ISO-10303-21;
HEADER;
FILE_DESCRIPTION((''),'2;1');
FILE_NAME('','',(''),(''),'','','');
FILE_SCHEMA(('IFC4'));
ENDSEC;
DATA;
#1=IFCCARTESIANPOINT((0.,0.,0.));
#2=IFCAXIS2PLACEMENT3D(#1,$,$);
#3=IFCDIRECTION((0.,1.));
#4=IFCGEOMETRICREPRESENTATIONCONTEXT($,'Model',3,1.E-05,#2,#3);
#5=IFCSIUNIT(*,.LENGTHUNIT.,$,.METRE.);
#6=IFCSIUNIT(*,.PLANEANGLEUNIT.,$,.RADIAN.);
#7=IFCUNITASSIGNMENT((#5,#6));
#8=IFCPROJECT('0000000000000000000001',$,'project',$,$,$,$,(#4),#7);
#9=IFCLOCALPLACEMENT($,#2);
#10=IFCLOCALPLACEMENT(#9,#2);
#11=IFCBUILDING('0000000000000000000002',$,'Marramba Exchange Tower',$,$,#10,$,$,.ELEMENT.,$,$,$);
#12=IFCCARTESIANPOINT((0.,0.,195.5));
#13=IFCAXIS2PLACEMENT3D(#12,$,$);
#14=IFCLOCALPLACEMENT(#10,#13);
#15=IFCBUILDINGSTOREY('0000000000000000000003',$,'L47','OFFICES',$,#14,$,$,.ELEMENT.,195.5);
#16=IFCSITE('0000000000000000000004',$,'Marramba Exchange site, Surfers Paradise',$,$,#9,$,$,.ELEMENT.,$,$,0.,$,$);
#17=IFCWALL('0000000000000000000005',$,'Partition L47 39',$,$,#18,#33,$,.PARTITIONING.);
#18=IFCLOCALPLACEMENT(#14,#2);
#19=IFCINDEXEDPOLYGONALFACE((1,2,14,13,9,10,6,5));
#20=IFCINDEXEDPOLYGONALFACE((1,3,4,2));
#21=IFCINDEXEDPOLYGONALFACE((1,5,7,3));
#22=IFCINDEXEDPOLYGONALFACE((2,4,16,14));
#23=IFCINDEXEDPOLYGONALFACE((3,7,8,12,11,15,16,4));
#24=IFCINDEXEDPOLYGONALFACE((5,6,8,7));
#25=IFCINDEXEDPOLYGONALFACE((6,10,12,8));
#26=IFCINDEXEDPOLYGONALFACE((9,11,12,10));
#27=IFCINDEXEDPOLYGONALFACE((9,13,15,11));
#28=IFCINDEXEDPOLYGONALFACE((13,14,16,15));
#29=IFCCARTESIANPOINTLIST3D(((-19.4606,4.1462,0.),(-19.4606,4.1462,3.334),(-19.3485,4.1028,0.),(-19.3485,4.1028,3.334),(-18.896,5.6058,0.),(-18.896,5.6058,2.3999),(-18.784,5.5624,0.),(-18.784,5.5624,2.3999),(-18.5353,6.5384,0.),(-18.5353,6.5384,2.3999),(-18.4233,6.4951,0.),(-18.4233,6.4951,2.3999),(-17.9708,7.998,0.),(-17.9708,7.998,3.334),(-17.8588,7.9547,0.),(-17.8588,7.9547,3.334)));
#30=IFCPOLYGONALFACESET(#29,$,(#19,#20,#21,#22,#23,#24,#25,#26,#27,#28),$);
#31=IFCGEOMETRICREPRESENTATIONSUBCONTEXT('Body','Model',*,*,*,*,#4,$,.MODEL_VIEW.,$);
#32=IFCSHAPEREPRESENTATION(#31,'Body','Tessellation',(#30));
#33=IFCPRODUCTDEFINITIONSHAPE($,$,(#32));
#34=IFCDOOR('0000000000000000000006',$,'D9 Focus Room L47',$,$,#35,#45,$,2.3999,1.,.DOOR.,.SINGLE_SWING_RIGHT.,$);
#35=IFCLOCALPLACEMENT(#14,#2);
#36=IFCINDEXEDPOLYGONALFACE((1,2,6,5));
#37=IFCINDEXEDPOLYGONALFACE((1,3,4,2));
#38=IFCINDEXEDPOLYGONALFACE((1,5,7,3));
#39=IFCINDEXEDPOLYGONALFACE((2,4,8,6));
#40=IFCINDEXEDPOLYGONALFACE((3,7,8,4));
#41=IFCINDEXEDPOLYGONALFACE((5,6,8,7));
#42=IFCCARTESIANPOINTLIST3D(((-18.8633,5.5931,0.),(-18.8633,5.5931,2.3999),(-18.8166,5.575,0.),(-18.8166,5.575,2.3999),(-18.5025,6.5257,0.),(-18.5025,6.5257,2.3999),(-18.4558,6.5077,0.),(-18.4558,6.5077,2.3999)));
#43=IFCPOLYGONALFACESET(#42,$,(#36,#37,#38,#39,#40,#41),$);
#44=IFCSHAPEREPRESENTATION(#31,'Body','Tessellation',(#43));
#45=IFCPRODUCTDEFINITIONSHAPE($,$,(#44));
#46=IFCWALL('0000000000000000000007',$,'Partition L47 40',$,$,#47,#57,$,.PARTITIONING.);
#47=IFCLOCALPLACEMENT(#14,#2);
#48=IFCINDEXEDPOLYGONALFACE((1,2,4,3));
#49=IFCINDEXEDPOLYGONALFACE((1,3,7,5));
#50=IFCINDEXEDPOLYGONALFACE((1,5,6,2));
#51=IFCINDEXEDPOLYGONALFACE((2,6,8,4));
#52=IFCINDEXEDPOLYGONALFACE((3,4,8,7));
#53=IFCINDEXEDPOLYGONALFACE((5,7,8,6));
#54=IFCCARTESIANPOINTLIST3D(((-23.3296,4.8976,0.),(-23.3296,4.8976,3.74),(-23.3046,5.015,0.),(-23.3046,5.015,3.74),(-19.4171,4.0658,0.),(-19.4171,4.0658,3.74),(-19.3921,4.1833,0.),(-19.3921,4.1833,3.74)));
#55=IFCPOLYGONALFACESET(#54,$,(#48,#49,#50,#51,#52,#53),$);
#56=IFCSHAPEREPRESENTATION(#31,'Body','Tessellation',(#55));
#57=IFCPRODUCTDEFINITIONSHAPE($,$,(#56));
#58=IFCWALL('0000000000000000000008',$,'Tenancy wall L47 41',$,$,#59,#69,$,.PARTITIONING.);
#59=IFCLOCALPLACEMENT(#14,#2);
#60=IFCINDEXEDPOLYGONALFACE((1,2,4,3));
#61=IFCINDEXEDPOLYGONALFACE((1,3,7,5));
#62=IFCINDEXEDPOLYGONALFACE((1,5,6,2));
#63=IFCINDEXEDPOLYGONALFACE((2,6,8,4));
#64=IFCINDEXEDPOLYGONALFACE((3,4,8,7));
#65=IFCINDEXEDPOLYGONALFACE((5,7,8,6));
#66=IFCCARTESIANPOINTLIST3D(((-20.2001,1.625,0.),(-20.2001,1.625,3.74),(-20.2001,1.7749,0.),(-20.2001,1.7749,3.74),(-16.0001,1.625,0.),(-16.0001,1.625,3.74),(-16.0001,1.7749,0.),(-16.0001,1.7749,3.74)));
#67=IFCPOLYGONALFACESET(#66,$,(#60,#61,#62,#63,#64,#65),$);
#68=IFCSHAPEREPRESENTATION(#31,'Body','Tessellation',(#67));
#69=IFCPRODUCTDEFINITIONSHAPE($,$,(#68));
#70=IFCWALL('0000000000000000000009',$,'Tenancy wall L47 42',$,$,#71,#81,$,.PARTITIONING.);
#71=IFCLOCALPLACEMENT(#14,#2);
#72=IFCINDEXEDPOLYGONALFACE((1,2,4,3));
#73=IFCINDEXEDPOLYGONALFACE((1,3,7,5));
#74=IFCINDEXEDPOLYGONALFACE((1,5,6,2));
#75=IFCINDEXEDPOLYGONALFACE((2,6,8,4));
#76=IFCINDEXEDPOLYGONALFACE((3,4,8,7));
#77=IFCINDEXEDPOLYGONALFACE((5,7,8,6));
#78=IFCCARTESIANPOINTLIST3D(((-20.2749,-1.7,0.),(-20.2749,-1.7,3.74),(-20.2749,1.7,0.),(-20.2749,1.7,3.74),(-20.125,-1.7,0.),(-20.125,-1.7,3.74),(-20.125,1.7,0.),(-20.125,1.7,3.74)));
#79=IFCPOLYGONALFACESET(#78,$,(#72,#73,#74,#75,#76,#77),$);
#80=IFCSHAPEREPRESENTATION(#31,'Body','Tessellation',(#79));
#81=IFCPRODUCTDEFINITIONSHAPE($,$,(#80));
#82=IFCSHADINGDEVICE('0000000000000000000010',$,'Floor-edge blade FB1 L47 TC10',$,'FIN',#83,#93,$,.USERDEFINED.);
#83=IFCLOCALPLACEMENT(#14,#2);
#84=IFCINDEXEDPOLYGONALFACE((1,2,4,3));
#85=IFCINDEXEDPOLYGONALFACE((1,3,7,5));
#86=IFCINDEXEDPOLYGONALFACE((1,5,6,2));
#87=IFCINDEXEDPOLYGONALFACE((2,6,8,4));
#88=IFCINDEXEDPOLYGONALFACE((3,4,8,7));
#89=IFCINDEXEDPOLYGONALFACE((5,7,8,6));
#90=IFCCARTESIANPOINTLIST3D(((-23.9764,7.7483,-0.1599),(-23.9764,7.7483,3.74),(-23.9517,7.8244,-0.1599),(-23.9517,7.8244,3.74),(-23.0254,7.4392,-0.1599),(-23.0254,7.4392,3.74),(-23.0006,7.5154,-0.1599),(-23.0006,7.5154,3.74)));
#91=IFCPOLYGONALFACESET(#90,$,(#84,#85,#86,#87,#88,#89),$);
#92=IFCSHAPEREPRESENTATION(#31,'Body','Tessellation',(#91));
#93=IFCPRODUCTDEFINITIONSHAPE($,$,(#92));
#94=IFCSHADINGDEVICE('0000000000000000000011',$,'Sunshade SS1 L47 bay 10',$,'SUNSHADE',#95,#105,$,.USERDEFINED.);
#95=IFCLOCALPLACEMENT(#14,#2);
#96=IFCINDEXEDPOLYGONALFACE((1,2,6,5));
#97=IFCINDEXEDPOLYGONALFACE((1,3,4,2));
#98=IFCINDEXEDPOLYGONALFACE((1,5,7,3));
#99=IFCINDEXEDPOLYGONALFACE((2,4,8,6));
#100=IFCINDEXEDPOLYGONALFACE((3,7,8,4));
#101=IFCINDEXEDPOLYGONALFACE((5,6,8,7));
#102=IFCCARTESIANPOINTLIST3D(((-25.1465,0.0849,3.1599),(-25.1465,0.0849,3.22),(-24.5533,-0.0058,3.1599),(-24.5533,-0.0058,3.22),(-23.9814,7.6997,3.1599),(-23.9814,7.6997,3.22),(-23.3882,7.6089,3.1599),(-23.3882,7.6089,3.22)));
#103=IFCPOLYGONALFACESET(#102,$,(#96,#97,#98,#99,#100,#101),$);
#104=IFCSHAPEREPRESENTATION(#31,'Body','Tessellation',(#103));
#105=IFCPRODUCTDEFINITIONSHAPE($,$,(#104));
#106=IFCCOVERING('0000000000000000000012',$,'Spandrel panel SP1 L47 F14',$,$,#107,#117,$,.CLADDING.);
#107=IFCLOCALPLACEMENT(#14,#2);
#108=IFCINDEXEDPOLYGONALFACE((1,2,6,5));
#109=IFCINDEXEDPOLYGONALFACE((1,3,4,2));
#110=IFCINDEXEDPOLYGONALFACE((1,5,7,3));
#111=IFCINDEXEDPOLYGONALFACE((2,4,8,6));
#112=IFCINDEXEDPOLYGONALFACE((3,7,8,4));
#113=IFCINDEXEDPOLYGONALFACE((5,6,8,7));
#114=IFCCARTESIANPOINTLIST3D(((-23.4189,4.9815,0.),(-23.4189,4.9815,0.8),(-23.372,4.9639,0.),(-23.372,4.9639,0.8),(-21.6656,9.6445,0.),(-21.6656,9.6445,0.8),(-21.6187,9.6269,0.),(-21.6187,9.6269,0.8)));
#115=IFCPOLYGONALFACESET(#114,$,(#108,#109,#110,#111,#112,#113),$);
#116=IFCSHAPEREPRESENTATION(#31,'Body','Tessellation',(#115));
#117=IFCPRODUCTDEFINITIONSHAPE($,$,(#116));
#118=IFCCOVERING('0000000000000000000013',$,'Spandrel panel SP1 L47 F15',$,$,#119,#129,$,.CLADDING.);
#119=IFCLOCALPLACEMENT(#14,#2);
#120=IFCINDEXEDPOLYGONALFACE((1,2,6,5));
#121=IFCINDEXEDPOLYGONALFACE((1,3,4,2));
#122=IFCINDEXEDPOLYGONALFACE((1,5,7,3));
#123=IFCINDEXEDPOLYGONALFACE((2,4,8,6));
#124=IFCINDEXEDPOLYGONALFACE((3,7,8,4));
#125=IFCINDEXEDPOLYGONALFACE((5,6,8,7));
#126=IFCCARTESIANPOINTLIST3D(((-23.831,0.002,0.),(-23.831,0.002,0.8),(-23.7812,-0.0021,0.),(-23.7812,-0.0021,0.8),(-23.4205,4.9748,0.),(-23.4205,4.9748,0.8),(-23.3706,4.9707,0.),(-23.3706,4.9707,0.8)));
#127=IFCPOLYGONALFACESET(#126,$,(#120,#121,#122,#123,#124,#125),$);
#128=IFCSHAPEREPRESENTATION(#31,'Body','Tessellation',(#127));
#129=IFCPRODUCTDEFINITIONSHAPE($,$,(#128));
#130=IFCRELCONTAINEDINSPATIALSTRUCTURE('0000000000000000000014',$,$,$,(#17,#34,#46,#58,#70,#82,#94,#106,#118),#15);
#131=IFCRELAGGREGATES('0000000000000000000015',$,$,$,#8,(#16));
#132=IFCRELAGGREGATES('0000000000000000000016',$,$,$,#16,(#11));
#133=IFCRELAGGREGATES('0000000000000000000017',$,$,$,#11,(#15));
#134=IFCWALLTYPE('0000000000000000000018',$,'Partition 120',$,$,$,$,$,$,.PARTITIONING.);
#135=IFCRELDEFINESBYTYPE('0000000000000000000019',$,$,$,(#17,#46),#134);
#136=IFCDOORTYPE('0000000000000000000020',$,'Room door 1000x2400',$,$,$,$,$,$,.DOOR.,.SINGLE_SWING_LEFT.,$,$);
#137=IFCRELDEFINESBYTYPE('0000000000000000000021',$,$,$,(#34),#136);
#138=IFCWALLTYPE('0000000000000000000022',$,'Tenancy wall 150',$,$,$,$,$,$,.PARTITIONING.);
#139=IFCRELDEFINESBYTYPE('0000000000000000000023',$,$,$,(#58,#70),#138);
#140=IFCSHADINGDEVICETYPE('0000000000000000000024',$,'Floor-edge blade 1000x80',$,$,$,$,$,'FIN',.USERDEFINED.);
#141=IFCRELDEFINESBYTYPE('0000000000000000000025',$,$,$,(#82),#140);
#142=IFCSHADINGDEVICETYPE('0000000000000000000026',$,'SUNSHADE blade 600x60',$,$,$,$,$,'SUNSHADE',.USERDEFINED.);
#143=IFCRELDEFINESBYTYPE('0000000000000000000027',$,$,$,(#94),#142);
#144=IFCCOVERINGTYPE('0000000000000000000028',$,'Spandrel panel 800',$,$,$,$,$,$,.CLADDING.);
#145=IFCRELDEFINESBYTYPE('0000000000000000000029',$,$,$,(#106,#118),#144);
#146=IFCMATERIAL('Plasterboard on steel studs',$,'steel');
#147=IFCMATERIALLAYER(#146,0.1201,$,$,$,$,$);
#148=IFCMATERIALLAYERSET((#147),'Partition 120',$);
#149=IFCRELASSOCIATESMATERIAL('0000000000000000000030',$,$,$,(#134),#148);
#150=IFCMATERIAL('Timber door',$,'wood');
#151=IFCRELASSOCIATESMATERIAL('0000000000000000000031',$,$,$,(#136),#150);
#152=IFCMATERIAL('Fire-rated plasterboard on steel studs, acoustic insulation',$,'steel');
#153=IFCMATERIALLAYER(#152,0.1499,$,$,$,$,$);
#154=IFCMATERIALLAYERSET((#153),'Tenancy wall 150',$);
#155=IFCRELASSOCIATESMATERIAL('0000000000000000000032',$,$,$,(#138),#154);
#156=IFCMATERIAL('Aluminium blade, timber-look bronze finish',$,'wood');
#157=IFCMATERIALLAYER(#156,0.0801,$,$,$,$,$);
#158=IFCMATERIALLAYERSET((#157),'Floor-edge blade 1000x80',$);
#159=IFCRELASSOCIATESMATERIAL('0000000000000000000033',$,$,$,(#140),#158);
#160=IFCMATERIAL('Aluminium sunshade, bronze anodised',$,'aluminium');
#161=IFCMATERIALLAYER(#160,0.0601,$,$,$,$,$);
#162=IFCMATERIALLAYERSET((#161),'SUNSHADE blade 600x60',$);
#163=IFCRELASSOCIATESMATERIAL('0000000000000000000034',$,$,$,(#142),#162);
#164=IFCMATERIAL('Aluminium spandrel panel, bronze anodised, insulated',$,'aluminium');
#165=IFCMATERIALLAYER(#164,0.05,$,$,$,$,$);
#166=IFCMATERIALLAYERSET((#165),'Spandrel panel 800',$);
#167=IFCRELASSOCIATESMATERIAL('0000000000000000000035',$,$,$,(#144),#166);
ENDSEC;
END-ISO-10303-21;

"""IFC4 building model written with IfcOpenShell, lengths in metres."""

from ifc_helpers import new_model, si_unit, direction, frame, frame_2d, origin, origin_2d, place, context, subcontext, project, spatial, rectangle, extrude, material, layer, layer_set, type_object, element, fill, save


model = new_model("IFC4")

# Units and contexts
model_context = context("Model", 3, precision=1e-05, world=origin(), true_north=direction((0.0, 1.0)))
body_context = subcontext(model_context, "Body", "Model", "MODEL_VIEW")
ifc_project = project(units=[si_unit("LENGTHUNIT", "METRE"), si_unit("PLANEANGLEUNIT", "RADIAN")], contexts=[model_context])

# Site, building, storey
site_placement = place(None, origin())
site = spatial("IfcSite", under=ifc_project, at=site_placement, Name="Marramba Exchange site, Surfers Paradise", CompositionType="ELEMENT", RefElevation=0.0)
building_placement = place(site_placement, origin())
building = spatial("IfcBuilding", under=site, at=building_placement, Name="Marramba Exchange Tower", CompositionType="ELEMENT")
storey_placement = place(building_placement, frame((0.0, 0.0, 195.5)))
storey = spatial("IfcBuildingStorey", under=building, at=storey_placement, Name="L47", Description="OFFICES", CompositionType="ELEMENT", Elevation=195.5)

# Shared definitions
ifc_material_1 = material(Name="Plasterboard on steel studs", Category="steel")
ifc_layer_1 = layer(ifc_material_1, 0.1201)
ifc_layer_set_1 = layer_set([ifc_layer_1], Name="Partition 120")
wall_type_1 = type_object("IfcWallType", Name="Partition 120", PredefinedType="PARTITIONING", material=ifc_layer_set_1)

# Wall, opening, door
wall_1_placement = place(storey_placement, frame((-19.4045, 4.1245, 0.0), z_axis=(0.0, 0.0, 1.0), x_axis=(0.360725, 0.932672, 0.0)))
wall_1 = element("IfcWall", 1, at=wall_1_placement, inside=storey, type_object=wall_type_1, Name="Partition L47 39", PredefinedType="PARTITIONING", context=body_context, shape_type="SweptSolid", body=[
    extrude(rectangle(XDim=4.1299, YDim=0.1201, at=frame_2d((2.0649, 0.0))), origin(), (0.0, 0.0, 1.0), 3.334),
])
opening_1_placement = place(wall_1_placement, frame((1.5649, 0.0, 0.0)))
opening_1 = element("IfcOpeningElement", 2, at=opening_1_placement, cuts=wall_1, PredefinedType="OPENING", context=body_context, shape_type="SweptSolid", body=[
    extrude(rectangle(XDim=1.0, YDim=2.3999, at=frame_2d((0.5, 1.2))), frame((0.0, 0.0701, 0.0), z_axis=(0.0, -1.0, 0.0), x_axis=(1.0, 0.0, 0.0)), (0.0, 0.0, 1.0), 0.1401),
])
ifc_material_2 = material(Name="Timber door", Category="wood")
door_type_1 = type_object("IfcDoorType", Name="Room door 1000x2400", OperationType="SINGLE_SWING_LEFT", PredefinedType="DOOR", material=ifc_material_2)
door_1_placement = place(opening_1_placement, origin())
door_1 = element("IfcDoor", 3, at=door_1_placement, inside=storey, type_object=door_type_1, Name="D9 Focus Room L47", OperationType="SINGLE_SWING_RIGHT", OverallHeight=2.3999, OverallWidth=1.0, PredefinedType="DOOR", context=body_context, shape_type="SweptSolid", body=[
    extrude(rectangle(XDim=1.0, YDim=2.3999, at=frame_2d((0.5, 1.2))), frame((0.0, 0.0249, 0.0), z_axis=(0.0, -1.0, 0.0), x_axis=(1.0, 0.0, 0.0)), (0.0, 0.0, 1.0), 0.05),
])
fill(opening_1, door_1)

# Walls
wall_2_placement = place(storey_placement, frame((-23.3171, 4.9563, 0.0), z_axis=(0.0, 0.0, 1.0), x_axis=(0.978141, -0.207945, 0.0)))
element("IfcWall", 4, at=wall_2_placement, inside=storey, type_object=wall_type_1, Name="Partition L47 40", PredefinedType="PARTITIONING", context=body_context, shape_type="SweptSolid", body=[
    extrude(rectangle(XDim=4.0, YDim=0.1201, at=frame_2d((2.0, 0.0))), origin(), (0.0, 0.0, 1.0), 3.74),
])
ifc_material_3 = material(Name="Fire-rated plasterboard on steel studs, acoustic insulation", Category="steel")
ifc_layer_2 = layer(ifc_material_3, 0.1499)
ifc_layer_set_2 = layer_set([ifc_layer_2], Name="Tenancy wall 150")
wall_type_2 = type_object("IfcWallType", Name="Tenancy wall 150", PredefinedType="PARTITIONING", material=ifc_layer_set_2)
wall_3_placement = place(storey_placement, frame((-16.0, 1.7, 0.0), z_axis=(0.0, 0.0, 1.0), x_axis=(-1.0, 0.0, 0.0)))
element("IfcWall", 5, at=wall_3_placement, inside=storey, type_object=wall_type_2, Name="Tenancy wall L47 41", PredefinedType="PARTITIONING", context=body_context, shape_type="SweptSolid", body=[
    extrude(rectangle(XDim=4.2, YDim=0.1499, at=frame_2d((2.1001, 0.0))), origin(), (0.0, 0.0, 1.0), 3.74),
])
wall_4_placement = place(storey_placement, frame((-20.2, 1.7, 0.0), z_axis=(0.0, 0.0, 1.0), x_axis=(0.0, -1.0, 0.0)))
element("IfcWall", 6, at=wall_4_placement, inside=storey, type_object=wall_type_2, Name="Tenancy wall L47 42", PredefinedType="PARTITIONING", context=body_context, shape_type="SweptSolid", body=[
    extrude(rectangle(XDim=3.3999, YDim=0.1499, at=frame_2d((1.7, 0.0))), origin(), (0.0, 0.0, 1.0), 3.74),
])

# Shading devices
ifc_material_4 = material(Name="Aluminium blade, timber-look bronze finish", Category="wood")
ifc_layer_3 = layer(ifc_material_4, 0.0801)
ifc_layer_set_3 = layer_set([ifc_layer_3], Name="Floor-edge blade 1000x80")
shading_device_type_1 = type_object("IfcShadingDeviceType", Name="Floor-edge blade 1000x80", ElementType="FIN", PredefinedType="USERDEFINED", material=ifc_layer_set_3)
shading_device_1_placement = place(storey_placement, frame((-23.4885, 7.6318, -0.1599), z_axis=(0.0, 0.0, 1.0), x_axis=(-0.951057, 0.309017, 0.0)))
element("IfcShadingDevice", 7, at=shading_device_1_placement, inside=storey, type_object=shading_device_type_1, Name="Floor-edge blade FB1 L47 TC10", ObjectType="FIN", PredefinedType="USERDEFINED", context=body_context, shape_type="SweptSolid", body=[
    extrude(rectangle(XDim=1.0, YDim=0.0801, at=origin_2d()), origin(), (0.0, 0.0, 1.0), 3.8999),
])
ifc_material_5 = material(Name="Aluminium sunshade, bronze anodised", Category="aluminium")
ifc_layer_4 = layer(ifc_material_5, 0.0601)
ifc_layer_set_4 = layer_set([ifc_layer_4], Name="SUNSHADE blade 600x60")
shading_device_type_2 = type_object("IfcShadingDeviceType", Name="SUNSHADE blade 600x60", ElementType="SUNSHADE", PredefinedType="USERDEFINED", material=ifc_layer_set_4)
shading_device_2_placement = place(storey_placement, frame((-24.2673, 3.8469, 3.1599), z_axis=(0.0, 0.0, 1.0), x_axis=(-0.151241, -0.988497, 0.0)))
element("IfcShadingDevice", 8, at=shading_device_2_placement, inside=storey, type_object=shading_device_type_2, Name="Sunshade SS1 L47 bay 10", ObjectType="SUNSHADE", PredefinedType="USERDEFINED", context=body_context, shape_type="SweptSolid", body=[
    extrude(rectangle(XDim=7.7034, YDim=0.6001, at=origin_2d()), origin(), (0.0, 0.0, 1.0), 0.0601),
])

# Coverings
ifc_material_6 = material(Name="Aluminium spandrel panel, bronze anodised, insulated", Category="aluminium")
ifc_layer_5 = layer(ifc_material_6, 0.05)
ifc_layer_set_5 = layer_set([ifc_layer_5], Name="Spandrel panel 800")
covering_type = type_object("IfcCoveringType", Name="Spandrel panel 800", PredefinedType="CLADDING", material=ifc_layer_set_5)
covering_1_placement = place(storey_placement, frame((-22.5188, 7.3042, 0.0), z_axis=(0.0, 0.0, 1.0), x_axis=(-0.351952, -0.936018, 0.0)))
element("IfcCovering", 9, at=covering_1_placement, inside=storey, type_object=covering_type, Name="Spandrel panel SP1 L47 F14", PredefinedType="CLADDING", context=body_context, shape_type="SweptSolid", body=[
    extrude(rectangle(XDim=4.9817, YDim=0.05, at=origin_2d()), origin(), (0.0, 0.0, 1.0), 0.8),
])
covering_2_placement = place(storey_placement, frame((-23.6008, 2.4863, 0.0), z_axis=(0.0, 0.0, 1.0), x_axis=(-0.082281, -0.996609, 0.0)))
element("IfcCovering", 10, at=covering_2_placement, inside=storey, type_object=covering_type, Name="Spandrel panel SP1 L47 F15", PredefinedType="CLADDING", context=body_context, shape_type="SweptSolid", body=[
    extrude(rectangle(XDim=4.9897, YDim=0.05, at=origin_2d()), origin(), (0.0, 0.0, 1.0), 0.8),
])

save(model, "model.ifc")
